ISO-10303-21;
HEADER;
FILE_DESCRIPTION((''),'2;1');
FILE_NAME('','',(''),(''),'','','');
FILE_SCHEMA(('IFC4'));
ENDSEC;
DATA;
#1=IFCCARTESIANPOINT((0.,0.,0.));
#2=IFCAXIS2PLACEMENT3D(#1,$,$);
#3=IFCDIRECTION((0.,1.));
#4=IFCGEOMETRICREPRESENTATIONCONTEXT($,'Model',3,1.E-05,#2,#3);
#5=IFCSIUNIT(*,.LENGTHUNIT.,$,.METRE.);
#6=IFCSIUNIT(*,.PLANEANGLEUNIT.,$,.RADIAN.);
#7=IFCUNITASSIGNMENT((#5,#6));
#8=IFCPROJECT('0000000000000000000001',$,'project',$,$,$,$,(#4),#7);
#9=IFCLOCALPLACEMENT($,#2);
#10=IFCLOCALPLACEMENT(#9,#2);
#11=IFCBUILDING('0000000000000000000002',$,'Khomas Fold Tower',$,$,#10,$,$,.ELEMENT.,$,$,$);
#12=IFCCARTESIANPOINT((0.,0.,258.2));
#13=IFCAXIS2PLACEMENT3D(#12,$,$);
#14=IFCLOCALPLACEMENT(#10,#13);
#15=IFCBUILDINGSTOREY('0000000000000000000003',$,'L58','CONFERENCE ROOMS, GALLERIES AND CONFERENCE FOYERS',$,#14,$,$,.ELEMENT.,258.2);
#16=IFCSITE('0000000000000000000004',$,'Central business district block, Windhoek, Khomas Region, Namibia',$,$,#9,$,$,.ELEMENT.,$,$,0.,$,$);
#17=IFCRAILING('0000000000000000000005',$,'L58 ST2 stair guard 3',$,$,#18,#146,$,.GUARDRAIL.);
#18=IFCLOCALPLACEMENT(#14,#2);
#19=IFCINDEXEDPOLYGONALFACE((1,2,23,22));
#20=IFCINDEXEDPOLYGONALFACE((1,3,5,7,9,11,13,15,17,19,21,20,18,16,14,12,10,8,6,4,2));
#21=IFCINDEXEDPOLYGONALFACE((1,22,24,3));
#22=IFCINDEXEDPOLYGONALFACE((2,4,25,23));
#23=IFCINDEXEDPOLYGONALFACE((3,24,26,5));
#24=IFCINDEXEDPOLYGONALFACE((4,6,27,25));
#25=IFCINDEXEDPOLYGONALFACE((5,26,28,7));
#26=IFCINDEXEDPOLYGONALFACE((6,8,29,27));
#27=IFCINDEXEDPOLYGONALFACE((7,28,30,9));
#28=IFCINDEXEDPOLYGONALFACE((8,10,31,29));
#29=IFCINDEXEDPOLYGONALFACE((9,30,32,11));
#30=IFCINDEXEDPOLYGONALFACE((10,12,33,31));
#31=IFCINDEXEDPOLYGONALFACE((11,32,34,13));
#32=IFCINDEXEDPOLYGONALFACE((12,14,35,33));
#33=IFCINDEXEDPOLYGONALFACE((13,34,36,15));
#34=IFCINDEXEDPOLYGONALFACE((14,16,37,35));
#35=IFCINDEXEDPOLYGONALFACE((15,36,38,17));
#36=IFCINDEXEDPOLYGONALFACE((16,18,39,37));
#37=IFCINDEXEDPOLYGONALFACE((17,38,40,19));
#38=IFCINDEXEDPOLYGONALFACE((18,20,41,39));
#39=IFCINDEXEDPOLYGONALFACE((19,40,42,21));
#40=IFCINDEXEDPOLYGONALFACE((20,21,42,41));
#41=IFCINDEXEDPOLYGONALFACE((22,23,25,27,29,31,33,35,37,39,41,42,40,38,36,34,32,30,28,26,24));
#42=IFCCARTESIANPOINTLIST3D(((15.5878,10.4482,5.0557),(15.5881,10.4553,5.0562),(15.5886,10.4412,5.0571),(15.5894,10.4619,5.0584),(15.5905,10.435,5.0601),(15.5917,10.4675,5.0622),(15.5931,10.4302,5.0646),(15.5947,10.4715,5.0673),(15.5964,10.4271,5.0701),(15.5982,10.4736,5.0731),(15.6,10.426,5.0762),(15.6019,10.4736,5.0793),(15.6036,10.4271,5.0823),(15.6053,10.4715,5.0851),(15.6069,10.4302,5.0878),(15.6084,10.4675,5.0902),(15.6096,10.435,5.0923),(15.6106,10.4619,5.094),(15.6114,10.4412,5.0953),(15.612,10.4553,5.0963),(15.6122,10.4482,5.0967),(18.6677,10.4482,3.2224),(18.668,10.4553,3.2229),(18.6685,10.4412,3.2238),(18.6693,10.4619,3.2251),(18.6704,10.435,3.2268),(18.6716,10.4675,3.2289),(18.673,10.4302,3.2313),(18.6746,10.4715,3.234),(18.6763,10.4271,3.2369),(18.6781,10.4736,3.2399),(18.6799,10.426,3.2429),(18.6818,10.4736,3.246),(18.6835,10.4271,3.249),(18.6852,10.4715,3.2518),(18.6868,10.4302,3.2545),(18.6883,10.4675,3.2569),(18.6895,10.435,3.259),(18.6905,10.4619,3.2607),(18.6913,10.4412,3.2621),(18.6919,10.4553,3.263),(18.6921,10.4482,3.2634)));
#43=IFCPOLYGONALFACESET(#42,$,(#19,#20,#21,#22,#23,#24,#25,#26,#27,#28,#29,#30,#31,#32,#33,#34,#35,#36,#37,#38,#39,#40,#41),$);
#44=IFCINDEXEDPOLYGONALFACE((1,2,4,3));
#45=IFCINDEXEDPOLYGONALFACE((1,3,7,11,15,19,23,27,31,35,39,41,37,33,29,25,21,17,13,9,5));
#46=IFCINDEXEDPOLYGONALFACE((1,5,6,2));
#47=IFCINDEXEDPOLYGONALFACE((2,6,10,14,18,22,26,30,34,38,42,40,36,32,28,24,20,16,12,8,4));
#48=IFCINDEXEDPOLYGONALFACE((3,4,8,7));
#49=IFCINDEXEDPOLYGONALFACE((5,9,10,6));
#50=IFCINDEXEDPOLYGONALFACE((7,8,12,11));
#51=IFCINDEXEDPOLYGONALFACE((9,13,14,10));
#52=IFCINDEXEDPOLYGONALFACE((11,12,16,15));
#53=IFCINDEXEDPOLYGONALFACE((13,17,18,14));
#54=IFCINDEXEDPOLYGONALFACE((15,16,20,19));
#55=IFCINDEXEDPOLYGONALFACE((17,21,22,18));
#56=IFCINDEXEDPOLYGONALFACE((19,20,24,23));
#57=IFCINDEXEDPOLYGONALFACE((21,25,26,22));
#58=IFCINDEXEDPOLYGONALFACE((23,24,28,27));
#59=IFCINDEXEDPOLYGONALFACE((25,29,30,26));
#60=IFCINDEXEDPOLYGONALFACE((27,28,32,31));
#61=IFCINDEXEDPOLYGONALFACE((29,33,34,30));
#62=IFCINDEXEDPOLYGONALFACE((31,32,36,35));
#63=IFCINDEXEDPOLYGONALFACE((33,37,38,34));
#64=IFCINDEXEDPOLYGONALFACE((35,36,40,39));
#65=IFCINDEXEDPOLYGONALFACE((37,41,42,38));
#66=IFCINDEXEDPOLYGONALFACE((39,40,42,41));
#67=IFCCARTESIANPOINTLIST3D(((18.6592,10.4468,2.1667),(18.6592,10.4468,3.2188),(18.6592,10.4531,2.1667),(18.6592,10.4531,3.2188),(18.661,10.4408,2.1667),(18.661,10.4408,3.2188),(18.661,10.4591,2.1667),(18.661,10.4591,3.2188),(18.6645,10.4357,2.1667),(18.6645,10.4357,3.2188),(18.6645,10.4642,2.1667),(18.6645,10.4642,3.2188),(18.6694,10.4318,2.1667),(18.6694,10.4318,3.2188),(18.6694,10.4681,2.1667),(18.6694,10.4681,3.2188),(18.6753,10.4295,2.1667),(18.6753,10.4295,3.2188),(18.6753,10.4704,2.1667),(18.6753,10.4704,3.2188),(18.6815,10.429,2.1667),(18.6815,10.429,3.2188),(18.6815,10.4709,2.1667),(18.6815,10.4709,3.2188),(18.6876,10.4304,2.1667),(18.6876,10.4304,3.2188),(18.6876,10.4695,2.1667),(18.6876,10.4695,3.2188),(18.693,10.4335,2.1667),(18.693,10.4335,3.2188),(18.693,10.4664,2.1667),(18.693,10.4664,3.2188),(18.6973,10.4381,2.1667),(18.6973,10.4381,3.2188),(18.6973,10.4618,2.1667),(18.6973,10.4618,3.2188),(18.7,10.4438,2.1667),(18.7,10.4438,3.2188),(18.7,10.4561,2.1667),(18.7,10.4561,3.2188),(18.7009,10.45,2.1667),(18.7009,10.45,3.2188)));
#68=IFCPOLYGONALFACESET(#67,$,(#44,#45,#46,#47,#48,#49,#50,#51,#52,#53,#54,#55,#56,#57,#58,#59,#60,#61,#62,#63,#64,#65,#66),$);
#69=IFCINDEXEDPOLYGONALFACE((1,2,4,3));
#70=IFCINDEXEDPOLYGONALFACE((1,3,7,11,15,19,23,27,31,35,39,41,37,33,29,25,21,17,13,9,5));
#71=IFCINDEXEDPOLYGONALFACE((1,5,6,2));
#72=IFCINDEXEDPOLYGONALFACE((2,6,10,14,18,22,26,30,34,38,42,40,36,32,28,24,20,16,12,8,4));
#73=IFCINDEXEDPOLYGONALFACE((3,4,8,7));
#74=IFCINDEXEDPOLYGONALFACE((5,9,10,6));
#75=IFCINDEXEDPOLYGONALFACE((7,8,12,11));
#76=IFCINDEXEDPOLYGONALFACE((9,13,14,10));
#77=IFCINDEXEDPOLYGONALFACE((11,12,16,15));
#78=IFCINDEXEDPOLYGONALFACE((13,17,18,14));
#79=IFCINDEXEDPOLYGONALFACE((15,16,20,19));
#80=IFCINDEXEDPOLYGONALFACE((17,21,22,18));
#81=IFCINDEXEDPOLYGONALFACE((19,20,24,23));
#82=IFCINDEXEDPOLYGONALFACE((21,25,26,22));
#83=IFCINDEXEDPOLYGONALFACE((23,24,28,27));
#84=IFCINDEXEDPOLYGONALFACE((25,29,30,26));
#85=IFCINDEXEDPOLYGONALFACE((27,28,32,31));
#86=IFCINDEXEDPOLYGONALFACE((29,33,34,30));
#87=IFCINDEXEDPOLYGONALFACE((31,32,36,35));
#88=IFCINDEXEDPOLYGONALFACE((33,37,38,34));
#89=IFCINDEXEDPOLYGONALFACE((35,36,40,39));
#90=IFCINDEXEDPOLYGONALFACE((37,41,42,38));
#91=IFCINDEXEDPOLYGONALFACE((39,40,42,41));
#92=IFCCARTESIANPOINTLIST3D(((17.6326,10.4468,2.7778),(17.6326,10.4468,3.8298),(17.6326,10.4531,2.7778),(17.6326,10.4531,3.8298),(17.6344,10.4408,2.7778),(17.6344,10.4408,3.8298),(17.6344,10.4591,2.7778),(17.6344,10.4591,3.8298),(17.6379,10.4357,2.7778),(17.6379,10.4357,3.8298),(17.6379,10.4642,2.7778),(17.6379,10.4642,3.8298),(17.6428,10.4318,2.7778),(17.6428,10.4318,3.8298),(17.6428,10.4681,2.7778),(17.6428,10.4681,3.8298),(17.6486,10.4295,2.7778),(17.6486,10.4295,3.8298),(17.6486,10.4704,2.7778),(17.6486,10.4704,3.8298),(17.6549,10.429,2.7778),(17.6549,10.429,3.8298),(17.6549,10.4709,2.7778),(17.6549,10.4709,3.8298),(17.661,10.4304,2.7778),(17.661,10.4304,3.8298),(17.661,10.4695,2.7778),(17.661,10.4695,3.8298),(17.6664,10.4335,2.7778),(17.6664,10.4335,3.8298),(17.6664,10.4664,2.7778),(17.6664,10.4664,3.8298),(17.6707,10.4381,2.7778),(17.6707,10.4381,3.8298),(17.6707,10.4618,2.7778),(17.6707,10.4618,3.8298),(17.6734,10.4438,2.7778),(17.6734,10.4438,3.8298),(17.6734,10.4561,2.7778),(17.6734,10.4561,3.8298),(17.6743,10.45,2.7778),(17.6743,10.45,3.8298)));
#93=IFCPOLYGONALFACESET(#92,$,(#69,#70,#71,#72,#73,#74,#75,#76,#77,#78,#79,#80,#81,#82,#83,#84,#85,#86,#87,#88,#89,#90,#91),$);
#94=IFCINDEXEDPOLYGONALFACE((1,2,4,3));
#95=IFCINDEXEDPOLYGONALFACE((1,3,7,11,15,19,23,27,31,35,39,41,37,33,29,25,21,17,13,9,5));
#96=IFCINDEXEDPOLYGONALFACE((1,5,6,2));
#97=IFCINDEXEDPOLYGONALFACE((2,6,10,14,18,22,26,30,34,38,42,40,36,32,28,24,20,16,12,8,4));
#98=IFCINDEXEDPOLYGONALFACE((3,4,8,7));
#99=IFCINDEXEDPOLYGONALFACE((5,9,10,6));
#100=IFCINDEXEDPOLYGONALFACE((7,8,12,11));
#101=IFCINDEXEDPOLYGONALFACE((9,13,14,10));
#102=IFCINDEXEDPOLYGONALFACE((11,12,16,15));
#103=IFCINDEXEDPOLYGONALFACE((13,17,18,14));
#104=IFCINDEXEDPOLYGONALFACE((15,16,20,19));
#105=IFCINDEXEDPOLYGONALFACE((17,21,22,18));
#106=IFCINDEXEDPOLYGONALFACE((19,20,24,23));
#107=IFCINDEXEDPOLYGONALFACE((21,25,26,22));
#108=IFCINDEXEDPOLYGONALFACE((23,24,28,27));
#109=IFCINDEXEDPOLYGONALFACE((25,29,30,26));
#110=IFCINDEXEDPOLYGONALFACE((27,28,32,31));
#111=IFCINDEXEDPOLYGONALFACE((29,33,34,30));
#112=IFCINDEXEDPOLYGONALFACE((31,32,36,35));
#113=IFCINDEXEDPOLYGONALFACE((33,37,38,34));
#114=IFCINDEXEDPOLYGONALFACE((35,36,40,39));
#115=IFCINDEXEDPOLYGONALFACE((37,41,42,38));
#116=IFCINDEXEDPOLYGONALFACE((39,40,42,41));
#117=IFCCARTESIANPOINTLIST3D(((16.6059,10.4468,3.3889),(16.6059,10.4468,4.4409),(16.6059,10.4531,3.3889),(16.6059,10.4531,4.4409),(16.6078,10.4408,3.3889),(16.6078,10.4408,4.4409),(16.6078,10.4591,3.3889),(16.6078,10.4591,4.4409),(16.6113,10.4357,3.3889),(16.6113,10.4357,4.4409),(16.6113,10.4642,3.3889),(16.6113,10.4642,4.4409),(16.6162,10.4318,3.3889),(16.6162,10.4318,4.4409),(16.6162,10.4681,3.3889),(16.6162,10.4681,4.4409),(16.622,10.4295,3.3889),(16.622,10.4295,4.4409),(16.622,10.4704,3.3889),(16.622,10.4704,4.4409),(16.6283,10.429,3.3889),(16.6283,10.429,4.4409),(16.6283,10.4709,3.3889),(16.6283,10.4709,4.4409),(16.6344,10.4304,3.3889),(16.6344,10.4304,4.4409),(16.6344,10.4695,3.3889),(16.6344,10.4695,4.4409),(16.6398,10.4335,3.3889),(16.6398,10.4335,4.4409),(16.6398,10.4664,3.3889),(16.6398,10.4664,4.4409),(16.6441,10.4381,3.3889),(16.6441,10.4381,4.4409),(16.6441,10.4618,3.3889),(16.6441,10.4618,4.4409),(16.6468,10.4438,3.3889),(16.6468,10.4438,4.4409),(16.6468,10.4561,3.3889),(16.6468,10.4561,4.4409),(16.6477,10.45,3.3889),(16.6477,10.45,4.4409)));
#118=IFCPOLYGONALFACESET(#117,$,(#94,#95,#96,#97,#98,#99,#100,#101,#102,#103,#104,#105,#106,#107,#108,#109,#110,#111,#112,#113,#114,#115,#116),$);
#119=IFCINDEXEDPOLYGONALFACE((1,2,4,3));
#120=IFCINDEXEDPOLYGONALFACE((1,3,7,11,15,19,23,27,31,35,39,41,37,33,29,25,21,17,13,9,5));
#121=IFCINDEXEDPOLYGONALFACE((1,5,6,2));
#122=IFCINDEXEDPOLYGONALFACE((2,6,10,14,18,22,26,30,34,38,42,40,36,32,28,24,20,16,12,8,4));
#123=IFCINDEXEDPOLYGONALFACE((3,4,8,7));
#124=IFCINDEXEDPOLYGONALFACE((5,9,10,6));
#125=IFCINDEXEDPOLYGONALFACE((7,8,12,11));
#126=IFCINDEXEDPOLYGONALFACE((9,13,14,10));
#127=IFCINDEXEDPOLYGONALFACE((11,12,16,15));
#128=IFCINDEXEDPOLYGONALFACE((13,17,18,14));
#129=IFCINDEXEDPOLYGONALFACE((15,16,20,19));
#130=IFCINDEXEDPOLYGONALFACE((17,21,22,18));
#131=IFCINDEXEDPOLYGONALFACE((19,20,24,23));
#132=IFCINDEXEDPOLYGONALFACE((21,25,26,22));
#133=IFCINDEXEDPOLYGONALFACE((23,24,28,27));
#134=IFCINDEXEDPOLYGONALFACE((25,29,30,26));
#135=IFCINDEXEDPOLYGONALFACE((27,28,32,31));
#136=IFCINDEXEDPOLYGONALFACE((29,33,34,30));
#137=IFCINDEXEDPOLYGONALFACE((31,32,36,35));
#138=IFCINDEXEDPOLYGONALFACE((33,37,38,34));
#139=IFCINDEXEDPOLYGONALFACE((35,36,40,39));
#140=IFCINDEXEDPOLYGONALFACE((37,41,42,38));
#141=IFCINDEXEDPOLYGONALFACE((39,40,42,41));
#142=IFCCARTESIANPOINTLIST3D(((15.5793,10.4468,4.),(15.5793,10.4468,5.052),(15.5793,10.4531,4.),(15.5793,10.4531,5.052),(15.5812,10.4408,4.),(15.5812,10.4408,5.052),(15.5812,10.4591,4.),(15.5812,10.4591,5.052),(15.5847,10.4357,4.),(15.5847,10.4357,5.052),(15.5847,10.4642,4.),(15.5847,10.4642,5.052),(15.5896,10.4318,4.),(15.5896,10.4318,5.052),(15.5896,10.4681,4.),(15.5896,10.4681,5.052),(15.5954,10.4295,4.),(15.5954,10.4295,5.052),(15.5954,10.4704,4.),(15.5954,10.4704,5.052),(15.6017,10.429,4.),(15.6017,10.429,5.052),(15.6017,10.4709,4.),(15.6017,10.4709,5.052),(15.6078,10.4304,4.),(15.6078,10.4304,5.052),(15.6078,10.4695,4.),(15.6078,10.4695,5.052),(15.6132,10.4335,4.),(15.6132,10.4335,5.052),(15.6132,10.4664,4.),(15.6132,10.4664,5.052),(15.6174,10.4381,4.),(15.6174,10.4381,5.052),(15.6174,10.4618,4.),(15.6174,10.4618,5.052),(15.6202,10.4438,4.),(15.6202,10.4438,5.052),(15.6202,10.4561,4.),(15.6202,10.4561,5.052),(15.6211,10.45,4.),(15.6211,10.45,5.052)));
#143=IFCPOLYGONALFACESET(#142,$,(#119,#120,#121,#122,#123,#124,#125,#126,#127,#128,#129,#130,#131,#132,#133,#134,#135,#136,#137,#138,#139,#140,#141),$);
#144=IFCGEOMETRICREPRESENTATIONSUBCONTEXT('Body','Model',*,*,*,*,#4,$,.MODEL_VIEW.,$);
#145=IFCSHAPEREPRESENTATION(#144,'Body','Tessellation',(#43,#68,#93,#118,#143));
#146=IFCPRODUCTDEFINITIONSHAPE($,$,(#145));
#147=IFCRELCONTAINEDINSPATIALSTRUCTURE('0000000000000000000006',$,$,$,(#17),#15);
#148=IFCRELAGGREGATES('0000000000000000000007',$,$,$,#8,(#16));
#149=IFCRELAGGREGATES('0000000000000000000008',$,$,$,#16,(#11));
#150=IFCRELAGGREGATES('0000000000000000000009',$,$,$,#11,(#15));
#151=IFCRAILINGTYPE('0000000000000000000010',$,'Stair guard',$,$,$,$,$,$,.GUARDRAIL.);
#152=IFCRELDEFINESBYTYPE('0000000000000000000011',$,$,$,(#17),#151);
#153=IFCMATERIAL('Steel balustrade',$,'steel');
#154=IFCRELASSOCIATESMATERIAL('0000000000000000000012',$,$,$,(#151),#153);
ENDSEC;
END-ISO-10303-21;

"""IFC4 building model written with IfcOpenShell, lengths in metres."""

from ifc_helpers import new_model, si_unit, direction, frame, origin, origin_2d, place, context, subcontext, project, spatial, circle, extrude, source, transform, mapped, material, type_object, element, save


model = new_model("IFC4")

# Units and contexts
model_context = context("Model", 3, precision=1e-05, world=origin(), true_north=direction((0.0, 1.0)))
body_context = subcontext(model_context, "Body", "Model", "MODEL_VIEW")
ifc_project = project(units=[si_unit("LENGTHUNIT", "METRE"), si_unit("PLANEANGLEUNIT", "RADIAN")], contexts=[model_context])

# Site, building, storey
site_placement = place(None, origin())
site = spatial("IfcSite", under=ifc_project, at=site_placement, Name="Central business district block, Windhoek, Khomas Region, Namibia", CompositionType="ELEMENT", RefElevation=0.0)
building_placement = place(site_placement, origin())
building = spatial("IfcBuilding", under=site, at=building_placement, Name="Khomas Fold Tower", CompositionType="ELEMENT")
storey_placement = place(building_placement, frame((0.0, 0.0, 258.2)))
storey = spatial("IfcBuildingStorey", under=building, at=storey_placement, Name="L58", Description="CONFERENCE ROOMS, GALLERIES AND CONFERENCE FOYERS", CompositionType="ELEMENT", Elevation=258.2)

# Railing
ifc_material_1 = material(Name="Steel balustrade", Category="steel")
railing_type_1 = type_object("IfcRailingType", Name="Stair guard", PredefinedType="GUARDRAIL", material=ifc_material_1)
shared_shape_1 = source(origin(), body_context, "Body", "SweptSolid", [
    extrude(circle(Radius=0.0239, at=origin_2d()), frame((0.0, 0.0, 1.0762), z_axis=(-0.859291, 0.0, 0.511487), x_axis=(0.0, -1.0, 0.0)), (0.0, 0.0, 1.0), 3.5842),
    extrude(circle(Radius=0.021, at=origin_2d()), origin(), (0.0, 0.0, 1.0), 1.052),
    extrude(circle(Radius=0.021, at=origin_2d()), frame((-1.0266, 0.0, 0.6111)), (0.0, 0.0, 1.0), 1.052),
    extrude(circle(Radius=0.021, at=origin_2d()), frame((-2.0532, 0.0, 1.2222)), (0.0, 0.0, 1.0), 1.052),
    extrude(circle(Radius=0.021, at=origin_2d()), frame((-3.0798, 0.0, 1.8333)), (0.0, 0.0, 1.0), 1.052),
])
railing_1_placement = place(storey_placement, frame((18.6799, 10.45, 2.1667)))
element("IfcRailing", 1, at=railing_1_placement, inside=storey, type_object=railing_type_1, Name="L58 ST2 stair guard 3", PredefinedType="GUARDRAIL", context=body_context, shape_type="MappedRepresentation", body=[
    mapped(shared_shape_1, transform((0.0, 0.0, 0.0))),
])

save(model, "model.ifc")
